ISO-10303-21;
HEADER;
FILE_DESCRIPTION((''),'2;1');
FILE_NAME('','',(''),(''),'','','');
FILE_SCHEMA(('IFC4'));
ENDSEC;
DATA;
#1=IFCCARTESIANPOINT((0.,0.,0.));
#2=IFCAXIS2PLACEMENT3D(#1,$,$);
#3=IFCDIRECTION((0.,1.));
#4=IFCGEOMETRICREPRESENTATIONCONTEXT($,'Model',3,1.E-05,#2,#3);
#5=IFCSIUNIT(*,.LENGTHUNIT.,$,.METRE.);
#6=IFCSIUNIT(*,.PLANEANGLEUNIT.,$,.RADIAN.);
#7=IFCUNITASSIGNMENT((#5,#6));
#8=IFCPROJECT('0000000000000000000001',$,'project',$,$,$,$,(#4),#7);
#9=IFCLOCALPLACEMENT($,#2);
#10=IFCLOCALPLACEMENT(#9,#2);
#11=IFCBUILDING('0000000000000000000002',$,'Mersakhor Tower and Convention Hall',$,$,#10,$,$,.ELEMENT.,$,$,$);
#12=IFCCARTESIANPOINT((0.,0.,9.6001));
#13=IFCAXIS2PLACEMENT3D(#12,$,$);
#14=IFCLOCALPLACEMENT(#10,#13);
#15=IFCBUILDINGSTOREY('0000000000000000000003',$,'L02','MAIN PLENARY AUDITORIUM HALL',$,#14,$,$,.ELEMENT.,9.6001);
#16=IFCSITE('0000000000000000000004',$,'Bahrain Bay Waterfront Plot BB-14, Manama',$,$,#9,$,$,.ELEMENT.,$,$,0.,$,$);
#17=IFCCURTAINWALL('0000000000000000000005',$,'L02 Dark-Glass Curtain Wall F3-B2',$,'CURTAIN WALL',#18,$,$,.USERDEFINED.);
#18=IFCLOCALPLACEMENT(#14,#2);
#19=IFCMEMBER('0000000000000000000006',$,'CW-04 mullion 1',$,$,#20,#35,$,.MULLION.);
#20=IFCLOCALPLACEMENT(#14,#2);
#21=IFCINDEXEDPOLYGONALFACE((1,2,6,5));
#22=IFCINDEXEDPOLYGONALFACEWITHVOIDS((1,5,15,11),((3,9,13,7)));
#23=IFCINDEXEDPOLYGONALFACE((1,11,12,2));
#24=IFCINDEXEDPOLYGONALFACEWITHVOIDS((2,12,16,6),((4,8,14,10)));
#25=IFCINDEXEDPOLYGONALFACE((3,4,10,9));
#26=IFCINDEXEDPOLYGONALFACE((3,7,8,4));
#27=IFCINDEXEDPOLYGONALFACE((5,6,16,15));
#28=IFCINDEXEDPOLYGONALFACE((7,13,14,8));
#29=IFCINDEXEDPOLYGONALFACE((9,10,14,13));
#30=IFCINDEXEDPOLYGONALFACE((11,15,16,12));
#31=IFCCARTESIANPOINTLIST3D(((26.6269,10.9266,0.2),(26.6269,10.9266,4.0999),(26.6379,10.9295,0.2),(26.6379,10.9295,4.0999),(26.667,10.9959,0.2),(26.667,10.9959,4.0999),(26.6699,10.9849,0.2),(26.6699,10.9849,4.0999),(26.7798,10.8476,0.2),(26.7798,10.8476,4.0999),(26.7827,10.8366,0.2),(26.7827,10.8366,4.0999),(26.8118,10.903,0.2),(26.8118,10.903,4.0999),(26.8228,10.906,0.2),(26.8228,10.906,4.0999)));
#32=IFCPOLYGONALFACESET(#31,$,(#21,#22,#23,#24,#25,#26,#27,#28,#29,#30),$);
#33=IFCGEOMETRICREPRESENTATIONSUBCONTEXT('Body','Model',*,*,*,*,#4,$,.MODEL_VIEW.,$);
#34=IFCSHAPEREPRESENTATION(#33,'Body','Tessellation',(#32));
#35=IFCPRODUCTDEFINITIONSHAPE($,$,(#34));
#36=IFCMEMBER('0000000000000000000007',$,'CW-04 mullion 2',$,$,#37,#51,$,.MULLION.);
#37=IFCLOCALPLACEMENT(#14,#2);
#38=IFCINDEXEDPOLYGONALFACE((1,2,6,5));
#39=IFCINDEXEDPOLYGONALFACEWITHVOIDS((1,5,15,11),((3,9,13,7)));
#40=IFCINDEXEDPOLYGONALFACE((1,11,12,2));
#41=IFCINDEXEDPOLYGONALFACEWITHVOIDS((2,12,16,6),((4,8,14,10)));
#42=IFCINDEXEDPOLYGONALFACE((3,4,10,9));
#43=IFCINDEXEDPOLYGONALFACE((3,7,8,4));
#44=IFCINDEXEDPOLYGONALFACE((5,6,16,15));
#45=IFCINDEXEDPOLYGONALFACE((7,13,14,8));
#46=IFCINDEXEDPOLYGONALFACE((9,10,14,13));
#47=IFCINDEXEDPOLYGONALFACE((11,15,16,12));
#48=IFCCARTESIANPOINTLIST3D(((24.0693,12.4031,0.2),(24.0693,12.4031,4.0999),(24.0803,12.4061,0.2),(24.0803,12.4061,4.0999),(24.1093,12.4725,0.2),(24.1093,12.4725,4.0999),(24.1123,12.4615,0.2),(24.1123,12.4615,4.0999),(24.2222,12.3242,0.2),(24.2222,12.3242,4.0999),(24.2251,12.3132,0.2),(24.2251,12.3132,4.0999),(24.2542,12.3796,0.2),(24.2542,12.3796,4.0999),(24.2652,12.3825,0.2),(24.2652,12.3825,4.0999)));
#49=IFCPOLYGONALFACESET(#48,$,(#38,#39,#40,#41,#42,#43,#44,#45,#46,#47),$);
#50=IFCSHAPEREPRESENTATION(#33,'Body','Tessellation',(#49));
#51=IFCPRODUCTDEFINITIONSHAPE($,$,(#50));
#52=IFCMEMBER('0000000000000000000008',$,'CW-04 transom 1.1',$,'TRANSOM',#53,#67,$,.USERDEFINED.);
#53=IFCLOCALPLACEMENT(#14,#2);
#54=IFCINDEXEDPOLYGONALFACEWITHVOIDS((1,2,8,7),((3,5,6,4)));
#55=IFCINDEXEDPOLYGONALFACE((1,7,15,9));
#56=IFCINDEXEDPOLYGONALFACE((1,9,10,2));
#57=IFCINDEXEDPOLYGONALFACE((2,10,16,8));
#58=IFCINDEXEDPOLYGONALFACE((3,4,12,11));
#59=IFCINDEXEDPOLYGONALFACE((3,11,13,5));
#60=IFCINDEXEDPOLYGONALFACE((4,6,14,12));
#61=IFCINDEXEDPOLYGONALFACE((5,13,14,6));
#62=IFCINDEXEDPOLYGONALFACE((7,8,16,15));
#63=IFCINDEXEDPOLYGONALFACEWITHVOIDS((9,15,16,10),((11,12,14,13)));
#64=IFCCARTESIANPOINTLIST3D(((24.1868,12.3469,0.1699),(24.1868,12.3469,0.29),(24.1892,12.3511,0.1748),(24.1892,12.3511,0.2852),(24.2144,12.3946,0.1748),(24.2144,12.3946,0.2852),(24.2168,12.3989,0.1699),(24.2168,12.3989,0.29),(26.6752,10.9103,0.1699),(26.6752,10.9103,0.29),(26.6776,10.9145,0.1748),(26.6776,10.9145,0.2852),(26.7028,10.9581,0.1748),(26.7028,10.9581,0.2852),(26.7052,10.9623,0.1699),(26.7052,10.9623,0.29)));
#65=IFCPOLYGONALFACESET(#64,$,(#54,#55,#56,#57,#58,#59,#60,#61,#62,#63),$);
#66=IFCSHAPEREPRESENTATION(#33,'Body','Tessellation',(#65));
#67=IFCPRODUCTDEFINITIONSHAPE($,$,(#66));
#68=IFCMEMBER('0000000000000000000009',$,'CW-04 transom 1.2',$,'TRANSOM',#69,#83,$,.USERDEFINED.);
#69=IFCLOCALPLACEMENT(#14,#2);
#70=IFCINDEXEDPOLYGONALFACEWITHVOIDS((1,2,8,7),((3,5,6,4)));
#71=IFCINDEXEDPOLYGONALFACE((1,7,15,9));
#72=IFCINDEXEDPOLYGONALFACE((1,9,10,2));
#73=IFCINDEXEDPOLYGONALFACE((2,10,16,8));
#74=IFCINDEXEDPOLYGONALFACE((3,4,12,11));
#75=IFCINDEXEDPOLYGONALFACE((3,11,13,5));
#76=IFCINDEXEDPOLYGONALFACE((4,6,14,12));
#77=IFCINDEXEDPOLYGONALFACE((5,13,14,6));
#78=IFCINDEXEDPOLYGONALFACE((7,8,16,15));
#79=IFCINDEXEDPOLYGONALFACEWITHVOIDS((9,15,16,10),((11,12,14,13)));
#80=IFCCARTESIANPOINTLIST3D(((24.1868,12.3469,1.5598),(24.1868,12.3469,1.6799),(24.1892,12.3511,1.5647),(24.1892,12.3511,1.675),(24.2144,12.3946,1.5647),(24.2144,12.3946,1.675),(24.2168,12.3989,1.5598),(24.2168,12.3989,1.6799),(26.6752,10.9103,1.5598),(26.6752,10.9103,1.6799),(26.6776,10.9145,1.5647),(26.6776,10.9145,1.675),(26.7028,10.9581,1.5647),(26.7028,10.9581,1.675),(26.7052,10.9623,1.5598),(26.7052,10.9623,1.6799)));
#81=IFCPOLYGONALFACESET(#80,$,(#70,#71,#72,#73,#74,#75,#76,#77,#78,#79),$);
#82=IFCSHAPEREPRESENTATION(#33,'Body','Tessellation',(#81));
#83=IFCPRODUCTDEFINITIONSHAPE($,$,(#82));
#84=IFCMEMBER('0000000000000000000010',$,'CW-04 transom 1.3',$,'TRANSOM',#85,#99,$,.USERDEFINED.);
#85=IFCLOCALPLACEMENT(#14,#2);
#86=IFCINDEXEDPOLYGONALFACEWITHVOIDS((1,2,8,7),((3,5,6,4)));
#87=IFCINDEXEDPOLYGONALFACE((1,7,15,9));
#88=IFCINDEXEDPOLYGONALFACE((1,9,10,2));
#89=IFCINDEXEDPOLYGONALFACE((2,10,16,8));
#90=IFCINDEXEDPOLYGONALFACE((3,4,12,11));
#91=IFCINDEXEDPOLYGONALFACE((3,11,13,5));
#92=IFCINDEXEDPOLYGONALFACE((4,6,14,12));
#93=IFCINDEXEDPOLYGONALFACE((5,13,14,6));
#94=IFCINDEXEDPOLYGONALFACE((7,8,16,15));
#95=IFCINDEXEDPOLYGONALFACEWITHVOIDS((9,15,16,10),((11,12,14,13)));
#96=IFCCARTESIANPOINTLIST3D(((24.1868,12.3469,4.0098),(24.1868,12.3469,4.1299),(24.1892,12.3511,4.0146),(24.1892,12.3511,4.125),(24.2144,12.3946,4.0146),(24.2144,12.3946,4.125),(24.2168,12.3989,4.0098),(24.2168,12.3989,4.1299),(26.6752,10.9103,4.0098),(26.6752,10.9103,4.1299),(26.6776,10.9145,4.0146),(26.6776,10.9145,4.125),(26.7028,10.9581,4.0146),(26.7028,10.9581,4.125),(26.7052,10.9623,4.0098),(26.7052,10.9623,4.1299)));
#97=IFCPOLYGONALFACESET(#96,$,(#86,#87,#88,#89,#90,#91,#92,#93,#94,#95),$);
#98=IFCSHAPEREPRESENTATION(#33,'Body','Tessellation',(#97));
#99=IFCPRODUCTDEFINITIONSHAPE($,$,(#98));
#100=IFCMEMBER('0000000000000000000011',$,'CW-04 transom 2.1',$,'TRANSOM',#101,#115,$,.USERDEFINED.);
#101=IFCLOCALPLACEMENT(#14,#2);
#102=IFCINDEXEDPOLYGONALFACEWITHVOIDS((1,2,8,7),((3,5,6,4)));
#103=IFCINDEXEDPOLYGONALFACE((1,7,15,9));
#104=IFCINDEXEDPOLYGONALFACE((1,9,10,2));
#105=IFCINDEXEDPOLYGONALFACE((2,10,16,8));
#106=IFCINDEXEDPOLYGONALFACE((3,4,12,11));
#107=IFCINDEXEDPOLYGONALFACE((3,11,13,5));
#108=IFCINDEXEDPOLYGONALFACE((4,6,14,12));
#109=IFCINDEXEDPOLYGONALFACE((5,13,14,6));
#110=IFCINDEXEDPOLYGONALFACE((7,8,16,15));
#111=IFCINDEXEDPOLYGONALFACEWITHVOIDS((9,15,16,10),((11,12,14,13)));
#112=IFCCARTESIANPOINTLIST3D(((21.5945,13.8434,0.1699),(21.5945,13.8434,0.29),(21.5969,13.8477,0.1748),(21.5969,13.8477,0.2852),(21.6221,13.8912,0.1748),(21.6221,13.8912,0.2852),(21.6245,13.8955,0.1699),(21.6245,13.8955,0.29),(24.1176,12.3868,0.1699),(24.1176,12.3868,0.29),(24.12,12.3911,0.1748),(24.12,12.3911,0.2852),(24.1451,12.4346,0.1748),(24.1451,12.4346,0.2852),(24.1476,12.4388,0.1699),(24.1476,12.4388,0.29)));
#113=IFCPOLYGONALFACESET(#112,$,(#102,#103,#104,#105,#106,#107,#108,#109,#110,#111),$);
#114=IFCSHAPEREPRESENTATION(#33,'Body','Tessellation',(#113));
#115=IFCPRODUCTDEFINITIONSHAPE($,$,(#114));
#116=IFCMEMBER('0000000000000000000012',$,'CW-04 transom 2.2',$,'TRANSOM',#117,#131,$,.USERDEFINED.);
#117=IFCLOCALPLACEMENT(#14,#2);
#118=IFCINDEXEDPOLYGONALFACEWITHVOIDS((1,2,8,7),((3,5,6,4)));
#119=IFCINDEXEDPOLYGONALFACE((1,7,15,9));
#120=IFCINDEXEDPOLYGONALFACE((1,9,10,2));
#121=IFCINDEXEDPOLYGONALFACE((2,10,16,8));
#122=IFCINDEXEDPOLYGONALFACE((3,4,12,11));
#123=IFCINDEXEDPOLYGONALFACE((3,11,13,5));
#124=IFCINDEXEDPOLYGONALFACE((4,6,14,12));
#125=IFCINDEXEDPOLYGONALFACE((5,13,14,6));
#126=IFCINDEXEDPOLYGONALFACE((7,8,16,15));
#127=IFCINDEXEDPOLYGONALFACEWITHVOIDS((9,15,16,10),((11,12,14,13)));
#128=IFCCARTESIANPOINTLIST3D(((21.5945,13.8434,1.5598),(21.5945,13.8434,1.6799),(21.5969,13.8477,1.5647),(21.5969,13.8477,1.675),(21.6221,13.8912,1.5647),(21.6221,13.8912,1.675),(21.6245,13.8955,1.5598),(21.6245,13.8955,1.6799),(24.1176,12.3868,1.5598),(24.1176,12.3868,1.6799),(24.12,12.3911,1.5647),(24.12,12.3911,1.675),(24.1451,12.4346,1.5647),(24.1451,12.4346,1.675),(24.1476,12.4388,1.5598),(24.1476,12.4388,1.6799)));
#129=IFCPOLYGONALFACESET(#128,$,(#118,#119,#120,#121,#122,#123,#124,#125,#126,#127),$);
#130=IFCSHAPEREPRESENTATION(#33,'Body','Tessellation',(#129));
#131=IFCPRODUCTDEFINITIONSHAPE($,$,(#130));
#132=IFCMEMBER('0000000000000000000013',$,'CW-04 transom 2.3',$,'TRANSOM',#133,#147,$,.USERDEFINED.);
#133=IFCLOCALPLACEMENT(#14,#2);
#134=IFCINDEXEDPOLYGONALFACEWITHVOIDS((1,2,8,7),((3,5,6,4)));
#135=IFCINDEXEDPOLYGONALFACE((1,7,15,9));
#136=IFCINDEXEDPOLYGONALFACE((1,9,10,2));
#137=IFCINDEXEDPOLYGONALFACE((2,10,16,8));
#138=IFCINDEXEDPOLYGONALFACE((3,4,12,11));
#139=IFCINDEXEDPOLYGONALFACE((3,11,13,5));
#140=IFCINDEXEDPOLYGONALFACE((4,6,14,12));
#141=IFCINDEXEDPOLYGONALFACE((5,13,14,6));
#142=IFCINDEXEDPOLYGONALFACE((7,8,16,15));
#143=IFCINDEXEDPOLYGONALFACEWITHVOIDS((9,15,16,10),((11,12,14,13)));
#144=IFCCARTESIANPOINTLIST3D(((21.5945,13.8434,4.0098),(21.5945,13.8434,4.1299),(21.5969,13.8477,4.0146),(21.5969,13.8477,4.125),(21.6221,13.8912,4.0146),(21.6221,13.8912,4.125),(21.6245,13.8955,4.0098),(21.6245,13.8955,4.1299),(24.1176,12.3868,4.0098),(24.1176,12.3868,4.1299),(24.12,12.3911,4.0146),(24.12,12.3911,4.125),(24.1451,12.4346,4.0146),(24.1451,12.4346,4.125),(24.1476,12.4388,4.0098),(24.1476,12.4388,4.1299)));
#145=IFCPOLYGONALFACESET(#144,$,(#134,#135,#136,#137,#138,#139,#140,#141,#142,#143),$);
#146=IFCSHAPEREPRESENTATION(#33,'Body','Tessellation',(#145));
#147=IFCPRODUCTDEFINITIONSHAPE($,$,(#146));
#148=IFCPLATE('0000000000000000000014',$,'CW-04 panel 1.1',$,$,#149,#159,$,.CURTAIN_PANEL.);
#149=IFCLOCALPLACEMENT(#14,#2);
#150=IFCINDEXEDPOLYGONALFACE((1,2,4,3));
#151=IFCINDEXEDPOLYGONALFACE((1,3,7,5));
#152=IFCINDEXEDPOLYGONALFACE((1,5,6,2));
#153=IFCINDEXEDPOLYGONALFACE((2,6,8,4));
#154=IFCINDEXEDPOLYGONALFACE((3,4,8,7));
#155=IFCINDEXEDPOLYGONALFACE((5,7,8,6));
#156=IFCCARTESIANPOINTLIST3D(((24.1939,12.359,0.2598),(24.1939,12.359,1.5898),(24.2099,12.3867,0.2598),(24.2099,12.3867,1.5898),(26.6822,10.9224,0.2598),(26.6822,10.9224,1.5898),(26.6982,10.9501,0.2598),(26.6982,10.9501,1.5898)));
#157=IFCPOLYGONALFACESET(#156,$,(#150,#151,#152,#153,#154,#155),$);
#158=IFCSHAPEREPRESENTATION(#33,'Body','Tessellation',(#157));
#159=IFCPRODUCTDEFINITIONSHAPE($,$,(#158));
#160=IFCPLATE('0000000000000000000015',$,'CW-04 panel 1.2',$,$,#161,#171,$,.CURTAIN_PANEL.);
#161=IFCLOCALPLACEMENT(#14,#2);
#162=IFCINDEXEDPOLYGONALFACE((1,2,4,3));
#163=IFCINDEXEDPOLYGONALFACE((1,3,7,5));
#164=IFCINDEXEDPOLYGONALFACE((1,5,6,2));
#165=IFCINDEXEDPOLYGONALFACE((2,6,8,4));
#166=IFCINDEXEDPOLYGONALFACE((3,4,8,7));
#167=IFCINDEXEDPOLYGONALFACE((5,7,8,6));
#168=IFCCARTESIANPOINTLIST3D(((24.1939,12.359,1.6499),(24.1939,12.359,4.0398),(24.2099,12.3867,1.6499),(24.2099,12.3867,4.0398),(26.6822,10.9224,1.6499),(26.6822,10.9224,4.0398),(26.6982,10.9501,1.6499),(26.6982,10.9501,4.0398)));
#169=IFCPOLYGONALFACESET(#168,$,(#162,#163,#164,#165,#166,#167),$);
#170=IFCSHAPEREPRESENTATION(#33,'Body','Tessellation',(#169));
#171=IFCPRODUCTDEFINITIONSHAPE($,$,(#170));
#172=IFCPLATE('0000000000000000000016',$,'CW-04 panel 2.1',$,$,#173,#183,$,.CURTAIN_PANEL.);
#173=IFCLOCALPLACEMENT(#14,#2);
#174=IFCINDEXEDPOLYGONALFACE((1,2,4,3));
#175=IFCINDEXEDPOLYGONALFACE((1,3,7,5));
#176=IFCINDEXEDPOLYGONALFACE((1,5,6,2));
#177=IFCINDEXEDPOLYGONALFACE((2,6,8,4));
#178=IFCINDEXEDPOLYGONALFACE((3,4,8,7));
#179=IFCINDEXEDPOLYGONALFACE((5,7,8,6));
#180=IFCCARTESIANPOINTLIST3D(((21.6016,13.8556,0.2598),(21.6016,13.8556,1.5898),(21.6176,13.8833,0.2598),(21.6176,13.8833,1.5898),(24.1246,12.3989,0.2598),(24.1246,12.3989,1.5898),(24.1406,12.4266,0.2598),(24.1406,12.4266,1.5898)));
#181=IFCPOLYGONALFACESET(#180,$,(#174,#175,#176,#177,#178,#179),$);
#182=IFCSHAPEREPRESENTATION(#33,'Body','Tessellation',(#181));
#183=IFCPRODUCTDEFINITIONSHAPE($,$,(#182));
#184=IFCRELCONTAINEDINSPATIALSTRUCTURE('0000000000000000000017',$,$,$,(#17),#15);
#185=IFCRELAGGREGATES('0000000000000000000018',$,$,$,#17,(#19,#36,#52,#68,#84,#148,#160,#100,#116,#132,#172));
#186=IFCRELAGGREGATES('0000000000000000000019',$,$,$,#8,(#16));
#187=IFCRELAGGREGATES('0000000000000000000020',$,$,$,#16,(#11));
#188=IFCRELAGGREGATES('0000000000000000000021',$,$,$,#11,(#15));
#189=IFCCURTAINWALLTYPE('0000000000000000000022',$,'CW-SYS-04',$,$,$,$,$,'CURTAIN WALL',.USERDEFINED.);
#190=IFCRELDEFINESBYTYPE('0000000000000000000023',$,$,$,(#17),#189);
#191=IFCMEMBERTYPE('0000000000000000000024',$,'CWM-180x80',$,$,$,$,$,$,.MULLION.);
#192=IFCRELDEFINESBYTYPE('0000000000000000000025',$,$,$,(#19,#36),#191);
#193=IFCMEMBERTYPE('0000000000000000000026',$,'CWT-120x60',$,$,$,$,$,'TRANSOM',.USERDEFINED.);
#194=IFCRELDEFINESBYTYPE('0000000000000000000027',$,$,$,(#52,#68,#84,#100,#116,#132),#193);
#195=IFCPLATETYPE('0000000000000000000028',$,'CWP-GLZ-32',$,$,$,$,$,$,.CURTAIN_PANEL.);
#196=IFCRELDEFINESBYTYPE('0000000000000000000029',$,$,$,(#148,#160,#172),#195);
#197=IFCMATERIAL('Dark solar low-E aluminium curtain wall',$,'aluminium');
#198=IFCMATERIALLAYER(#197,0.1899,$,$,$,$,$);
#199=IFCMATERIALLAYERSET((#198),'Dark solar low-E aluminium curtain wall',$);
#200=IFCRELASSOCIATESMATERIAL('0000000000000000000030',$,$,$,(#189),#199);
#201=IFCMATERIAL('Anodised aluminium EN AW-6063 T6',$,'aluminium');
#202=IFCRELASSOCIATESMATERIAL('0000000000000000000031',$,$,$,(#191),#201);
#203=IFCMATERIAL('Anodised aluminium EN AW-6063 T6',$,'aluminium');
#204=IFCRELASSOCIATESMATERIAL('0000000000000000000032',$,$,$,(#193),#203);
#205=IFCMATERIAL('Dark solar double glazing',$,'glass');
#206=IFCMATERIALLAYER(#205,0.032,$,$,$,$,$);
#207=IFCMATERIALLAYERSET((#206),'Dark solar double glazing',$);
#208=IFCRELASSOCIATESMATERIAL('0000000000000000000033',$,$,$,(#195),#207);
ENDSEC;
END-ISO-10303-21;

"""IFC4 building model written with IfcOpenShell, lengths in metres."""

from ifc_helpers import new_model, si_unit, direction, frame, origin, origin_2d, place, context, subcontext, project, spatial, rectangle, hollow_rectangle, extrude, material, layer, layer_set, material_profile, profile_set, type_object, element, aggregate, save


model = new_model("IFC4")

# Units and contexts
model_context = context("Model", 3, precision=1e-05, world=origin(), true_north=direction((0.0, 1.0)))
body_context = subcontext(model_context, "Body", "Model", "MODEL_VIEW")
ifc_project = project(units=[si_unit("LENGTHUNIT", "METRE"), si_unit("PLANEANGLEUNIT", "RADIAN")], contexts=[model_context])

# Site, building, storey
site_placement = place(None, origin())
site = spatial("IfcSite", under=ifc_project, at=site_placement, Name="Bahrain Bay Waterfront Plot BB-14, Manama", CompositionType="ELEMENT", RefElevation=0.0)
building_placement = place(site_placement, origin())
building = spatial("IfcBuilding", under=site, at=building_placement, Name="Mersakhor Tower and Convention Hall", CompositionType="ELEMENT")
storey_placement = place(building_placement, frame((0.0, 0.0, 9.6001)))
storey = spatial("IfcBuildingStorey", under=building, at=storey_placement, Name="L02", Description="MAIN PLENARY AUDITORIUM HALL", CompositionType="ELEMENT", Elevation=9.6001)

# Curtain wall, members, plates
ifc_material_1 = material(Name="Dark solar low-E aluminium curtain wall", Category="aluminium")
ifc_layer_1 = layer(ifc_material_1, 0.1899)
ifc_layer_set_1 = layer_set([ifc_layer_1], Name="Dark solar low-E aluminium curtain wall")
curtain_wall_type = type_object("IfcCurtainWallType", Name="CW-SYS-04", ElementType="CURTAIN WALL", PredefinedType="USERDEFINED", material=ifc_layer_set_1)
curtain_wall_placement = place(storey_placement, origin())
curtain_wall = element("IfcCurtainWall", 1, at=curtain_wall_placement, inside=storey, type_object=curtain_wall_type, Name="L02 Dark-Glass Curtain Wall F3-B2", ObjectType="CURTAIN WALL", PredefinedType="USERDEFINED")
ifc_material_2 = material(Name="Anodised aluminium EN AW-6063 T6", Category="aluminium")
ifc_material_profile_1 = material_profile(ifc_material_2, hollow_rectangle(XDim=0.0801, YDim=0.1799, WallThickness=0.0081, at=origin_2d()), Name="RHS 180x80x8")
ifc_profile_set_1 = profile_set([ifc_material_profile_1], Name="Anodised aluminium EN AW-6063 T6")
member_type_1 = type_object("IfcMemberType", Name="CWM-180x80", PredefinedType="MULLION", material=ifc_profile_set_1)
member_1_placement = place(storey_placement, frame((26.7249, 10.9163, 0.2), z_axis=(0.0, 0.0, 1.0), x_axis=(-0.500003, -0.866023, 0.0)))
member_1 = element("IfcMember", 2, at=member_1_placement, type_object=member_type_1, Name="CW-04 mullion 1", PredefinedType="MULLION", context=body_context, shape_type="SweptSolid", body=[
    extrude(hollow_rectangle(XDim=0.0801, YDim=0.1799, WallThickness=0.0081, at=origin_2d()), origin(), (0.0, 0.0, 1.0), 3.8999),
])
member_2_placement = place(storey_placement, frame((24.1672, 12.3928, 0.2), z_axis=(0.0, 0.0, 1.0), x_axis=(-0.500003, -0.866023, 0.0)))
member_2 = element("IfcMember", 3, at=member_2_placement, type_object=member_type_1, Name="CW-04 mullion 2", PredefinedType="MULLION", context=body_context, shape_type="SweptSolid", body=[
    extrude(hollow_rectangle(XDim=0.0801, YDim=0.1799, WallThickness=0.0081, at=origin_2d()), origin(), (0.0, 0.0, 1.0), 3.8999),
])
ifc_material_3 = material(Name="Anodised aluminium EN AW-6063 T6", Category="aluminium")
ifc_material_profile_2 = material_profile(ifc_material_3, hollow_rectangle(XDim=0.0601, YDim=0.1201, WallThickness=0.0049, at=origin_2d()), Name="RHS 120x60x5")
ifc_profile_set_2 = profile_set([ifc_material_profile_2], Name="Anodised aluminium EN AW-6063 T6")
member_type_2 = type_object("IfcMemberType", Name="CWT-120x60", ElementType="TRANSOM", PredefinedType="USERDEFINED", material=ifc_profile_set_2)
member_3_placement = place(storey_placement, frame((26.6902, 10.9363, 0.23), z_axis=(-0.866038, 0.499977, 0.0), x_axis=(-0.499977, -0.866038, 0.0)))
member_3 = element("IfcMember", 4, at=member_3_placement, type_object=member_type_2, Name="CW-04 transom 1.1", ObjectType="TRANSOM", PredefinedType="USERDEFINED", context=body_context, shape_type="SweptSolid", body=[
    extrude(hollow_rectangle(XDim=0.0601, YDim=0.1201, WallThickness=0.0049, at=origin_2d()), origin(), (0.0, 0.0, 1.0), 2.8733),
])
member_4_placement = place(storey_placement, frame((26.6902, 10.9363, 1.6199), z_axis=(-0.866038, 0.499977, 0.0), x_axis=(-0.499977, -0.866038, 0.0)))
member_4 = element("IfcMember", 5, at=member_4_placement, type_object=member_type_2, Name="CW-04 transom 1.2", ObjectType="TRANSOM", PredefinedType="USERDEFINED", context=body_context, shape_type="SweptSolid", body=[
    extrude(hollow_rectangle(XDim=0.0601, YDim=0.1201, WallThickness=0.0049, at=origin_2d()), origin(), (0.0, 0.0, 1.0), 2.8733),
])
member_5_placement = place(storey_placement, frame((26.6902, 10.9363, 4.0698), z_axis=(-0.866038, 0.499977, 0.0), x_axis=(-0.499977, -0.866038, 0.0)))
member_5 = element("IfcMember", 6, at=member_5_placement, type_object=member_type_2, Name="CW-04 transom 1.3", ObjectType="TRANSOM", PredefinedType="USERDEFINED", context=body_context, shape_type="SweptSolid", body=[
    extrude(hollow_rectangle(XDim=0.0601, YDim=0.1201, WallThickness=0.0049, at=origin_2d()), origin(), (0.0, 0.0, 1.0), 2.8733),
])
member_6_placement = place(storey_placement, frame((24.1326, 12.4128, 0.23), z_axis=(-0.866038, 0.499979, 0.0), x_axis=(-0.499979, -0.866038, 0.0)))
member_6 = element("IfcMember", 7, at=member_6_placement, type_object=member_type_2, Name="CW-04 transom 2.1", ObjectType="TRANSOM", PredefinedType="USERDEFINED", context=body_context, shape_type="SweptSolid", body=[
    extrude(hollow_rectangle(XDim=0.0601, YDim=0.1201, WallThickness=0.0049, at=origin_2d()), origin(), (0.0, 0.0, 1.0), 2.9133),
])
member_7_placement = place(storey_placement, frame((24.1326, 12.4128, 1.6199), z_axis=(-0.866038, 0.499979, 0.0), x_axis=(-0.499979, -0.866038, 0.0)))
member_7 = element("IfcMember", 8, at=member_7_placement, type_object=member_type_2, Name="CW-04 transom 2.2", ObjectType="TRANSOM", PredefinedType="USERDEFINED", context=body_context, shape_type="SweptSolid", body=[
    extrude(hollow_rectangle(XDim=0.0601, YDim=0.1201, WallThickness=0.0049, at=origin_2d()), origin(), (0.0, 0.0, 1.0), 2.9133),
])
member_8_placement = place(storey_placement, frame((24.1326, 12.4128, 4.0698), z_axis=(-0.866038, 0.499979, 0.0), x_axis=(-0.499979, -0.866038, 0.0)))
member_8 = element("IfcMember", 9, at=member_8_placement, type_object=member_type_2, Name="CW-04 transom 2.3", ObjectType="TRANSOM", PredefinedType="USERDEFINED", context=body_context, shape_type="SweptSolid", body=[
    extrude(hollow_rectangle(XDim=0.0601, YDim=0.1201, WallThickness=0.0049, at=origin_2d()), origin(), (0.0, 0.0, 1.0), 2.9133),
])
ifc_material_4 = material(Name="Dark solar double glazing", Category="glass")
ifc_layer_2 = layer(ifc_material_4, 0.032)
ifc_layer_set_2 = layer_set([ifc_layer_2], Name="Dark solar double glazing")
plate_type_1 = type_object("IfcPlateType", Name="CWP-GLZ-32", PredefinedType="CURTAIN_PANEL", material=ifc_layer_set_2)
plate_1_placement = place(storey_placement, frame((25.446, 11.6545, 0.2598), z_axis=(0.0, 0.0, 1.0), x_axis=(-0.866023, 0.500003, 0.0)))
plate_1 = element("IfcPlate", 10, at=plate_1_placement, type_object=plate_type_1, Name="CW-04 panel 1.1", PredefinedType="CURTAIN_PANEL", context=body_context, shape_type="SweptSolid", body=[
    extrude(rectangle(XDim=2.8733, YDim=0.032, at=origin_2d()), origin(), (0.0, 0.0, 1.0), 1.3301),
])
plate_2_placement = place(storey_placement, frame((25.446, 11.6545, 1.6499), z_axis=(0.0, 0.0, 1.0), x_axis=(-0.866023, 0.500003, 0.0)))
plate_2 = element("IfcPlate", 11, at=plate_2_placement, type_object=plate_type_1, Name="CW-04 panel 1.2", PredefinedType="CURTAIN_PANEL", context=body_context, shape_type="SweptSolid", body=[
    extrude(rectangle(XDim=2.8733, YDim=0.032, at=origin_2d()), origin(), (0.0, 0.0, 1.0), 2.3899),
])
plate_3_placement = place(storey_placement, frame((22.8711, 13.1411, 0.2598), z_axis=(0.0, 0.0, 1.0), x_axis=(-0.866023, 0.500003, 0.0)))
plate_3 = element("IfcPlate", 12, at=plate_3_placement, type_object=plate_type_1, Name="CW-04 panel 2.1", PredefinedType="CURTAIN_PANEL", context=body_context, shape_type="SweptSolid", body=[
    extrude(rectangle(XDim=2.9133, YDim=0.032, at=origin_2d()), origin(), (0.0, 0.0, 1.0), 1.3301),
])
aggregate(curtain_wall, [member_1, member_2, member_3, member_4, member_5, plate_1, plate_2, member_6, member_7, member_8, plate_3])

save(model, "model.ifc")
